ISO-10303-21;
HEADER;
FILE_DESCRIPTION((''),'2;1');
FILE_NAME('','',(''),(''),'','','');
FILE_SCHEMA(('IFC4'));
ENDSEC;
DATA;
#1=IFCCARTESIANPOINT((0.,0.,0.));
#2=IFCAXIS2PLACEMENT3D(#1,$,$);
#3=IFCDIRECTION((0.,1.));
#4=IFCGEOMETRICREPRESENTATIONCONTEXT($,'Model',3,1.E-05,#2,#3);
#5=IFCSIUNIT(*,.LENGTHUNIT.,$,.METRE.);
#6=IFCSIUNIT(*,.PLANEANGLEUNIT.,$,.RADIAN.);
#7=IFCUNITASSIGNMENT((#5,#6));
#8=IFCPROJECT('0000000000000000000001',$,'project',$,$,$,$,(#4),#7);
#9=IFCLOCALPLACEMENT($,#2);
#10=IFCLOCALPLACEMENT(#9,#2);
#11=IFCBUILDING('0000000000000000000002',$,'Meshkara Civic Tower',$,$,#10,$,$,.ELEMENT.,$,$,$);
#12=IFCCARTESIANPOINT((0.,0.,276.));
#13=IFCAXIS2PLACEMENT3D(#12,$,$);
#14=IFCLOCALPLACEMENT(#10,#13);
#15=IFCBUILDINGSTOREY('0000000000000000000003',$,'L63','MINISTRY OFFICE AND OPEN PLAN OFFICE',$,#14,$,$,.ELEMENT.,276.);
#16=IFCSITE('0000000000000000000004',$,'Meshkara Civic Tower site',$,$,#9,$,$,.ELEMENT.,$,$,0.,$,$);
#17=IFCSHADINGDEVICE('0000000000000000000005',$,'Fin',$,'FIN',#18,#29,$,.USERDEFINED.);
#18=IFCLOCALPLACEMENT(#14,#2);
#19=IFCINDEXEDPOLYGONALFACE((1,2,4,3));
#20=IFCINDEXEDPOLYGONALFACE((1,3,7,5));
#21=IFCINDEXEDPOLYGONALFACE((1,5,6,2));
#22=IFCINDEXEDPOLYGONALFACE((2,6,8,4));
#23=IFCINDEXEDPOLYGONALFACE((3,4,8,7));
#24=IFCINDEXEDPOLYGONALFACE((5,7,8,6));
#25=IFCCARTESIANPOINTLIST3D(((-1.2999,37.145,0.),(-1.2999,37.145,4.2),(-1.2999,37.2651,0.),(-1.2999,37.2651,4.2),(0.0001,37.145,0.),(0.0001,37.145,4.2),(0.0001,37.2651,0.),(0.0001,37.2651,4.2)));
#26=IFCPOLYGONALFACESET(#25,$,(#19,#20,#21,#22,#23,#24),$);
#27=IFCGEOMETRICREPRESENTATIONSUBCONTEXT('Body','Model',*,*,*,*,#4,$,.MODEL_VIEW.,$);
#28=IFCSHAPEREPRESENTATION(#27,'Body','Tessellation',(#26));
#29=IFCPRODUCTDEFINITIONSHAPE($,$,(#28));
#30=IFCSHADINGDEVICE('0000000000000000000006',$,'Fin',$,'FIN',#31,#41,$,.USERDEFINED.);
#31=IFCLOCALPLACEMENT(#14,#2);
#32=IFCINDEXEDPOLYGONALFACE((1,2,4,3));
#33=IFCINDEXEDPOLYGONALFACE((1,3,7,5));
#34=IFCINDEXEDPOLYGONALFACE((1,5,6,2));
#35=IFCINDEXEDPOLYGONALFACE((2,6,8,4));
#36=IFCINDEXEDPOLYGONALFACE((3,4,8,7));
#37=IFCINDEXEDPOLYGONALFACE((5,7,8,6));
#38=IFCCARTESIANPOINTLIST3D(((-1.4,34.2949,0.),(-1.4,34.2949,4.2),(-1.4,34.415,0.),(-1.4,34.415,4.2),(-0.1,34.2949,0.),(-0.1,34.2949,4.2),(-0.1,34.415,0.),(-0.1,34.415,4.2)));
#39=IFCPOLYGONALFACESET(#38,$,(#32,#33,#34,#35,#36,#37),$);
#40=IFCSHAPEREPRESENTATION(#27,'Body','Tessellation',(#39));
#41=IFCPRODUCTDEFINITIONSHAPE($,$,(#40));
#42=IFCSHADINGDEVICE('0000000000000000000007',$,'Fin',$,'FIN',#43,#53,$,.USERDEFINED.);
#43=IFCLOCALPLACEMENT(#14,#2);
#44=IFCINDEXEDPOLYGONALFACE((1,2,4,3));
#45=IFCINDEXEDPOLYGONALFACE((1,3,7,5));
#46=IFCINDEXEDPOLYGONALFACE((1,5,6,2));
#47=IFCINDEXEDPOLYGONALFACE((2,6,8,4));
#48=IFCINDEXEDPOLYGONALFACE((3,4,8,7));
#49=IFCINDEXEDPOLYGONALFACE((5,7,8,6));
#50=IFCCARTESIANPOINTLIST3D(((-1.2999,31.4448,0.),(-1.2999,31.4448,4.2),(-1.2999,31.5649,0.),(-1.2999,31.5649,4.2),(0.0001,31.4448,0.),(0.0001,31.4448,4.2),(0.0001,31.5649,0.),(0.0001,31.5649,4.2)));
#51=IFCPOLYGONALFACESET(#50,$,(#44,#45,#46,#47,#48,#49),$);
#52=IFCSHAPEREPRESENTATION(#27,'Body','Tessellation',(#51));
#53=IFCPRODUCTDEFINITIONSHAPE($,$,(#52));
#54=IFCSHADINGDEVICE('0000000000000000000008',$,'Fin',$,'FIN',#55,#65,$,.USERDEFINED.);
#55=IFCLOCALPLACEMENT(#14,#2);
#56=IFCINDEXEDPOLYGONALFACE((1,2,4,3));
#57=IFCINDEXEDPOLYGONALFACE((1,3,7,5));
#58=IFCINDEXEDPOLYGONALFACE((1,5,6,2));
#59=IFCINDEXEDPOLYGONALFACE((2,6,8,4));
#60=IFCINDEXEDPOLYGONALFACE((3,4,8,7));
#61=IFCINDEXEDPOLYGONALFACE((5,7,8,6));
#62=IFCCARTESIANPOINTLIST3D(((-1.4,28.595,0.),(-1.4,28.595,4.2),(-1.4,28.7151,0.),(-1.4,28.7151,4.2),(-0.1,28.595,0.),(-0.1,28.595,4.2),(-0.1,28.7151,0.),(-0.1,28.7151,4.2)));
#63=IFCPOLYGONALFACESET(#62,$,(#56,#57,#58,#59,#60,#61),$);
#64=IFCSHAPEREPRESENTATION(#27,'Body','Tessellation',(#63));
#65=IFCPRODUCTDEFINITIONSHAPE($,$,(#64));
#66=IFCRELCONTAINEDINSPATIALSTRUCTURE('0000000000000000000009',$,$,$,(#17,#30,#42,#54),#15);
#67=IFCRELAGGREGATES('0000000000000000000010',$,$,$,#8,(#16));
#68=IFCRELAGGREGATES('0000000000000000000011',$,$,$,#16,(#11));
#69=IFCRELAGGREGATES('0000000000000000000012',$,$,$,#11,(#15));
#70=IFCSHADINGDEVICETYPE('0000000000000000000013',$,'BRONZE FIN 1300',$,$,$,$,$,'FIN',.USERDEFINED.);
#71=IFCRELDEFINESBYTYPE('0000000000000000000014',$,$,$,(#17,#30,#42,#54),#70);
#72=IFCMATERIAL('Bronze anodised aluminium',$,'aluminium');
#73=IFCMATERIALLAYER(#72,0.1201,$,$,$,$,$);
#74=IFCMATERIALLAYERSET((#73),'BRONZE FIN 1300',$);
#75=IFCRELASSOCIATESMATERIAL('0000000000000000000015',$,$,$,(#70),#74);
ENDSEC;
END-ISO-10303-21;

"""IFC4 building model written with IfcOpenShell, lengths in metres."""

from ifc_helpers import new_model, si_unit, direction, frame, origin, origin_2d, place, context, subcontext, project, spatial, rectangle, extrude, material, layer, layer_set, type_object, element, save


model = new_model("IFC4")

# Units and contexts
model_context = context("Model", 3, precision=1e-05, world=origin(), true_north=direction((0.0, 1.0)))
body_context = subcontext(model_context, "Body", "Model", "MODEL_VIEW")
ifc_project = project(units=[si_unit("LENGTHUNIT", "METRE"), si_unit("PLANEANGLEUNIT", "RADIAN")], contexts=[model_context])

# Site, building, storey
site_placement = place(None, origin())
site = spatial("IfcSite", under=ifc_project, at=site_placement, Name="Meshkara Civic Tower site", CompositionType="ELEMENT", RefElevation=0.0)
building_placement = place(site_placement, origin())
building = spatial("IfcBuilding", under=site, at=building_placement, Name="Meshkara Civic Tower", CompositionType="ELEMENT")
storey_placement = place(building_placement, frame((0.0, 0.0, 276.0)))
storey = spatial("IfcBuildingStorey", under=building, at=storey_placement, Name="L63", Description="MINISTRY OFFICE AND OPEN PLAN OFFICE", CompositionType="ELEMENT", Elevation=276.0)

# Shading devices
ifc_material_1 = material(Name="Bronze anodised aluminium", Category="aluminium")
ifc_layer_1 = layer(ifc_material_1, 0.1201)
ifc_layer_set_1 = layer_set([ifc_layer_1], Name="BRONZE FIN 1300")
shading_device_type = type_object("IfcShadingDeviceType", Name="BRONZE FIN 1300", ElementType="FIN", PredefinedType="USERDEFINED", material=ifc_layer_set_1)
for number, where, z_axis, x_axis, name in (
    (1, (-0.6499, 37.2051, 0.0), (0.0, 0.0, 1.0), (0.0, -1.0, 0.0), "Fin"),
    (2, (-0.75, 34.355, 0.0), (0.0, 0.0, 1.0), (0.0, -1.0, 0.0), "Fin"),
    (3, (-0.6499, 31.5049, 0.0), (0.0, 0.0, 1.0), (0.0, -1.0, 0.0), "Fin"),
    (4, (-0.75, 28.655, 0.0), (0.0, 0.0, 1.0), (0.0, -1.0, 0.0), "Fin"),
):
    element("IfcShadingDevice", number, at=place(storey_placement, frame(where, z_axis=z_axis, x_axis=x_axis)), inside=storey, type_object=shading_device_type, Name=name, ObjectType="FIN", PredefinedType="USERDEFINED", context=body_context, shape_type="SweptSolid", body=[
        extrude(rectangle(XDim=0.1201, YDim=1.3, at=origin_2d()), origin(), (0.0, 0.0, 1.0), 4.2),
    ])

save(model, "model.ifc")
